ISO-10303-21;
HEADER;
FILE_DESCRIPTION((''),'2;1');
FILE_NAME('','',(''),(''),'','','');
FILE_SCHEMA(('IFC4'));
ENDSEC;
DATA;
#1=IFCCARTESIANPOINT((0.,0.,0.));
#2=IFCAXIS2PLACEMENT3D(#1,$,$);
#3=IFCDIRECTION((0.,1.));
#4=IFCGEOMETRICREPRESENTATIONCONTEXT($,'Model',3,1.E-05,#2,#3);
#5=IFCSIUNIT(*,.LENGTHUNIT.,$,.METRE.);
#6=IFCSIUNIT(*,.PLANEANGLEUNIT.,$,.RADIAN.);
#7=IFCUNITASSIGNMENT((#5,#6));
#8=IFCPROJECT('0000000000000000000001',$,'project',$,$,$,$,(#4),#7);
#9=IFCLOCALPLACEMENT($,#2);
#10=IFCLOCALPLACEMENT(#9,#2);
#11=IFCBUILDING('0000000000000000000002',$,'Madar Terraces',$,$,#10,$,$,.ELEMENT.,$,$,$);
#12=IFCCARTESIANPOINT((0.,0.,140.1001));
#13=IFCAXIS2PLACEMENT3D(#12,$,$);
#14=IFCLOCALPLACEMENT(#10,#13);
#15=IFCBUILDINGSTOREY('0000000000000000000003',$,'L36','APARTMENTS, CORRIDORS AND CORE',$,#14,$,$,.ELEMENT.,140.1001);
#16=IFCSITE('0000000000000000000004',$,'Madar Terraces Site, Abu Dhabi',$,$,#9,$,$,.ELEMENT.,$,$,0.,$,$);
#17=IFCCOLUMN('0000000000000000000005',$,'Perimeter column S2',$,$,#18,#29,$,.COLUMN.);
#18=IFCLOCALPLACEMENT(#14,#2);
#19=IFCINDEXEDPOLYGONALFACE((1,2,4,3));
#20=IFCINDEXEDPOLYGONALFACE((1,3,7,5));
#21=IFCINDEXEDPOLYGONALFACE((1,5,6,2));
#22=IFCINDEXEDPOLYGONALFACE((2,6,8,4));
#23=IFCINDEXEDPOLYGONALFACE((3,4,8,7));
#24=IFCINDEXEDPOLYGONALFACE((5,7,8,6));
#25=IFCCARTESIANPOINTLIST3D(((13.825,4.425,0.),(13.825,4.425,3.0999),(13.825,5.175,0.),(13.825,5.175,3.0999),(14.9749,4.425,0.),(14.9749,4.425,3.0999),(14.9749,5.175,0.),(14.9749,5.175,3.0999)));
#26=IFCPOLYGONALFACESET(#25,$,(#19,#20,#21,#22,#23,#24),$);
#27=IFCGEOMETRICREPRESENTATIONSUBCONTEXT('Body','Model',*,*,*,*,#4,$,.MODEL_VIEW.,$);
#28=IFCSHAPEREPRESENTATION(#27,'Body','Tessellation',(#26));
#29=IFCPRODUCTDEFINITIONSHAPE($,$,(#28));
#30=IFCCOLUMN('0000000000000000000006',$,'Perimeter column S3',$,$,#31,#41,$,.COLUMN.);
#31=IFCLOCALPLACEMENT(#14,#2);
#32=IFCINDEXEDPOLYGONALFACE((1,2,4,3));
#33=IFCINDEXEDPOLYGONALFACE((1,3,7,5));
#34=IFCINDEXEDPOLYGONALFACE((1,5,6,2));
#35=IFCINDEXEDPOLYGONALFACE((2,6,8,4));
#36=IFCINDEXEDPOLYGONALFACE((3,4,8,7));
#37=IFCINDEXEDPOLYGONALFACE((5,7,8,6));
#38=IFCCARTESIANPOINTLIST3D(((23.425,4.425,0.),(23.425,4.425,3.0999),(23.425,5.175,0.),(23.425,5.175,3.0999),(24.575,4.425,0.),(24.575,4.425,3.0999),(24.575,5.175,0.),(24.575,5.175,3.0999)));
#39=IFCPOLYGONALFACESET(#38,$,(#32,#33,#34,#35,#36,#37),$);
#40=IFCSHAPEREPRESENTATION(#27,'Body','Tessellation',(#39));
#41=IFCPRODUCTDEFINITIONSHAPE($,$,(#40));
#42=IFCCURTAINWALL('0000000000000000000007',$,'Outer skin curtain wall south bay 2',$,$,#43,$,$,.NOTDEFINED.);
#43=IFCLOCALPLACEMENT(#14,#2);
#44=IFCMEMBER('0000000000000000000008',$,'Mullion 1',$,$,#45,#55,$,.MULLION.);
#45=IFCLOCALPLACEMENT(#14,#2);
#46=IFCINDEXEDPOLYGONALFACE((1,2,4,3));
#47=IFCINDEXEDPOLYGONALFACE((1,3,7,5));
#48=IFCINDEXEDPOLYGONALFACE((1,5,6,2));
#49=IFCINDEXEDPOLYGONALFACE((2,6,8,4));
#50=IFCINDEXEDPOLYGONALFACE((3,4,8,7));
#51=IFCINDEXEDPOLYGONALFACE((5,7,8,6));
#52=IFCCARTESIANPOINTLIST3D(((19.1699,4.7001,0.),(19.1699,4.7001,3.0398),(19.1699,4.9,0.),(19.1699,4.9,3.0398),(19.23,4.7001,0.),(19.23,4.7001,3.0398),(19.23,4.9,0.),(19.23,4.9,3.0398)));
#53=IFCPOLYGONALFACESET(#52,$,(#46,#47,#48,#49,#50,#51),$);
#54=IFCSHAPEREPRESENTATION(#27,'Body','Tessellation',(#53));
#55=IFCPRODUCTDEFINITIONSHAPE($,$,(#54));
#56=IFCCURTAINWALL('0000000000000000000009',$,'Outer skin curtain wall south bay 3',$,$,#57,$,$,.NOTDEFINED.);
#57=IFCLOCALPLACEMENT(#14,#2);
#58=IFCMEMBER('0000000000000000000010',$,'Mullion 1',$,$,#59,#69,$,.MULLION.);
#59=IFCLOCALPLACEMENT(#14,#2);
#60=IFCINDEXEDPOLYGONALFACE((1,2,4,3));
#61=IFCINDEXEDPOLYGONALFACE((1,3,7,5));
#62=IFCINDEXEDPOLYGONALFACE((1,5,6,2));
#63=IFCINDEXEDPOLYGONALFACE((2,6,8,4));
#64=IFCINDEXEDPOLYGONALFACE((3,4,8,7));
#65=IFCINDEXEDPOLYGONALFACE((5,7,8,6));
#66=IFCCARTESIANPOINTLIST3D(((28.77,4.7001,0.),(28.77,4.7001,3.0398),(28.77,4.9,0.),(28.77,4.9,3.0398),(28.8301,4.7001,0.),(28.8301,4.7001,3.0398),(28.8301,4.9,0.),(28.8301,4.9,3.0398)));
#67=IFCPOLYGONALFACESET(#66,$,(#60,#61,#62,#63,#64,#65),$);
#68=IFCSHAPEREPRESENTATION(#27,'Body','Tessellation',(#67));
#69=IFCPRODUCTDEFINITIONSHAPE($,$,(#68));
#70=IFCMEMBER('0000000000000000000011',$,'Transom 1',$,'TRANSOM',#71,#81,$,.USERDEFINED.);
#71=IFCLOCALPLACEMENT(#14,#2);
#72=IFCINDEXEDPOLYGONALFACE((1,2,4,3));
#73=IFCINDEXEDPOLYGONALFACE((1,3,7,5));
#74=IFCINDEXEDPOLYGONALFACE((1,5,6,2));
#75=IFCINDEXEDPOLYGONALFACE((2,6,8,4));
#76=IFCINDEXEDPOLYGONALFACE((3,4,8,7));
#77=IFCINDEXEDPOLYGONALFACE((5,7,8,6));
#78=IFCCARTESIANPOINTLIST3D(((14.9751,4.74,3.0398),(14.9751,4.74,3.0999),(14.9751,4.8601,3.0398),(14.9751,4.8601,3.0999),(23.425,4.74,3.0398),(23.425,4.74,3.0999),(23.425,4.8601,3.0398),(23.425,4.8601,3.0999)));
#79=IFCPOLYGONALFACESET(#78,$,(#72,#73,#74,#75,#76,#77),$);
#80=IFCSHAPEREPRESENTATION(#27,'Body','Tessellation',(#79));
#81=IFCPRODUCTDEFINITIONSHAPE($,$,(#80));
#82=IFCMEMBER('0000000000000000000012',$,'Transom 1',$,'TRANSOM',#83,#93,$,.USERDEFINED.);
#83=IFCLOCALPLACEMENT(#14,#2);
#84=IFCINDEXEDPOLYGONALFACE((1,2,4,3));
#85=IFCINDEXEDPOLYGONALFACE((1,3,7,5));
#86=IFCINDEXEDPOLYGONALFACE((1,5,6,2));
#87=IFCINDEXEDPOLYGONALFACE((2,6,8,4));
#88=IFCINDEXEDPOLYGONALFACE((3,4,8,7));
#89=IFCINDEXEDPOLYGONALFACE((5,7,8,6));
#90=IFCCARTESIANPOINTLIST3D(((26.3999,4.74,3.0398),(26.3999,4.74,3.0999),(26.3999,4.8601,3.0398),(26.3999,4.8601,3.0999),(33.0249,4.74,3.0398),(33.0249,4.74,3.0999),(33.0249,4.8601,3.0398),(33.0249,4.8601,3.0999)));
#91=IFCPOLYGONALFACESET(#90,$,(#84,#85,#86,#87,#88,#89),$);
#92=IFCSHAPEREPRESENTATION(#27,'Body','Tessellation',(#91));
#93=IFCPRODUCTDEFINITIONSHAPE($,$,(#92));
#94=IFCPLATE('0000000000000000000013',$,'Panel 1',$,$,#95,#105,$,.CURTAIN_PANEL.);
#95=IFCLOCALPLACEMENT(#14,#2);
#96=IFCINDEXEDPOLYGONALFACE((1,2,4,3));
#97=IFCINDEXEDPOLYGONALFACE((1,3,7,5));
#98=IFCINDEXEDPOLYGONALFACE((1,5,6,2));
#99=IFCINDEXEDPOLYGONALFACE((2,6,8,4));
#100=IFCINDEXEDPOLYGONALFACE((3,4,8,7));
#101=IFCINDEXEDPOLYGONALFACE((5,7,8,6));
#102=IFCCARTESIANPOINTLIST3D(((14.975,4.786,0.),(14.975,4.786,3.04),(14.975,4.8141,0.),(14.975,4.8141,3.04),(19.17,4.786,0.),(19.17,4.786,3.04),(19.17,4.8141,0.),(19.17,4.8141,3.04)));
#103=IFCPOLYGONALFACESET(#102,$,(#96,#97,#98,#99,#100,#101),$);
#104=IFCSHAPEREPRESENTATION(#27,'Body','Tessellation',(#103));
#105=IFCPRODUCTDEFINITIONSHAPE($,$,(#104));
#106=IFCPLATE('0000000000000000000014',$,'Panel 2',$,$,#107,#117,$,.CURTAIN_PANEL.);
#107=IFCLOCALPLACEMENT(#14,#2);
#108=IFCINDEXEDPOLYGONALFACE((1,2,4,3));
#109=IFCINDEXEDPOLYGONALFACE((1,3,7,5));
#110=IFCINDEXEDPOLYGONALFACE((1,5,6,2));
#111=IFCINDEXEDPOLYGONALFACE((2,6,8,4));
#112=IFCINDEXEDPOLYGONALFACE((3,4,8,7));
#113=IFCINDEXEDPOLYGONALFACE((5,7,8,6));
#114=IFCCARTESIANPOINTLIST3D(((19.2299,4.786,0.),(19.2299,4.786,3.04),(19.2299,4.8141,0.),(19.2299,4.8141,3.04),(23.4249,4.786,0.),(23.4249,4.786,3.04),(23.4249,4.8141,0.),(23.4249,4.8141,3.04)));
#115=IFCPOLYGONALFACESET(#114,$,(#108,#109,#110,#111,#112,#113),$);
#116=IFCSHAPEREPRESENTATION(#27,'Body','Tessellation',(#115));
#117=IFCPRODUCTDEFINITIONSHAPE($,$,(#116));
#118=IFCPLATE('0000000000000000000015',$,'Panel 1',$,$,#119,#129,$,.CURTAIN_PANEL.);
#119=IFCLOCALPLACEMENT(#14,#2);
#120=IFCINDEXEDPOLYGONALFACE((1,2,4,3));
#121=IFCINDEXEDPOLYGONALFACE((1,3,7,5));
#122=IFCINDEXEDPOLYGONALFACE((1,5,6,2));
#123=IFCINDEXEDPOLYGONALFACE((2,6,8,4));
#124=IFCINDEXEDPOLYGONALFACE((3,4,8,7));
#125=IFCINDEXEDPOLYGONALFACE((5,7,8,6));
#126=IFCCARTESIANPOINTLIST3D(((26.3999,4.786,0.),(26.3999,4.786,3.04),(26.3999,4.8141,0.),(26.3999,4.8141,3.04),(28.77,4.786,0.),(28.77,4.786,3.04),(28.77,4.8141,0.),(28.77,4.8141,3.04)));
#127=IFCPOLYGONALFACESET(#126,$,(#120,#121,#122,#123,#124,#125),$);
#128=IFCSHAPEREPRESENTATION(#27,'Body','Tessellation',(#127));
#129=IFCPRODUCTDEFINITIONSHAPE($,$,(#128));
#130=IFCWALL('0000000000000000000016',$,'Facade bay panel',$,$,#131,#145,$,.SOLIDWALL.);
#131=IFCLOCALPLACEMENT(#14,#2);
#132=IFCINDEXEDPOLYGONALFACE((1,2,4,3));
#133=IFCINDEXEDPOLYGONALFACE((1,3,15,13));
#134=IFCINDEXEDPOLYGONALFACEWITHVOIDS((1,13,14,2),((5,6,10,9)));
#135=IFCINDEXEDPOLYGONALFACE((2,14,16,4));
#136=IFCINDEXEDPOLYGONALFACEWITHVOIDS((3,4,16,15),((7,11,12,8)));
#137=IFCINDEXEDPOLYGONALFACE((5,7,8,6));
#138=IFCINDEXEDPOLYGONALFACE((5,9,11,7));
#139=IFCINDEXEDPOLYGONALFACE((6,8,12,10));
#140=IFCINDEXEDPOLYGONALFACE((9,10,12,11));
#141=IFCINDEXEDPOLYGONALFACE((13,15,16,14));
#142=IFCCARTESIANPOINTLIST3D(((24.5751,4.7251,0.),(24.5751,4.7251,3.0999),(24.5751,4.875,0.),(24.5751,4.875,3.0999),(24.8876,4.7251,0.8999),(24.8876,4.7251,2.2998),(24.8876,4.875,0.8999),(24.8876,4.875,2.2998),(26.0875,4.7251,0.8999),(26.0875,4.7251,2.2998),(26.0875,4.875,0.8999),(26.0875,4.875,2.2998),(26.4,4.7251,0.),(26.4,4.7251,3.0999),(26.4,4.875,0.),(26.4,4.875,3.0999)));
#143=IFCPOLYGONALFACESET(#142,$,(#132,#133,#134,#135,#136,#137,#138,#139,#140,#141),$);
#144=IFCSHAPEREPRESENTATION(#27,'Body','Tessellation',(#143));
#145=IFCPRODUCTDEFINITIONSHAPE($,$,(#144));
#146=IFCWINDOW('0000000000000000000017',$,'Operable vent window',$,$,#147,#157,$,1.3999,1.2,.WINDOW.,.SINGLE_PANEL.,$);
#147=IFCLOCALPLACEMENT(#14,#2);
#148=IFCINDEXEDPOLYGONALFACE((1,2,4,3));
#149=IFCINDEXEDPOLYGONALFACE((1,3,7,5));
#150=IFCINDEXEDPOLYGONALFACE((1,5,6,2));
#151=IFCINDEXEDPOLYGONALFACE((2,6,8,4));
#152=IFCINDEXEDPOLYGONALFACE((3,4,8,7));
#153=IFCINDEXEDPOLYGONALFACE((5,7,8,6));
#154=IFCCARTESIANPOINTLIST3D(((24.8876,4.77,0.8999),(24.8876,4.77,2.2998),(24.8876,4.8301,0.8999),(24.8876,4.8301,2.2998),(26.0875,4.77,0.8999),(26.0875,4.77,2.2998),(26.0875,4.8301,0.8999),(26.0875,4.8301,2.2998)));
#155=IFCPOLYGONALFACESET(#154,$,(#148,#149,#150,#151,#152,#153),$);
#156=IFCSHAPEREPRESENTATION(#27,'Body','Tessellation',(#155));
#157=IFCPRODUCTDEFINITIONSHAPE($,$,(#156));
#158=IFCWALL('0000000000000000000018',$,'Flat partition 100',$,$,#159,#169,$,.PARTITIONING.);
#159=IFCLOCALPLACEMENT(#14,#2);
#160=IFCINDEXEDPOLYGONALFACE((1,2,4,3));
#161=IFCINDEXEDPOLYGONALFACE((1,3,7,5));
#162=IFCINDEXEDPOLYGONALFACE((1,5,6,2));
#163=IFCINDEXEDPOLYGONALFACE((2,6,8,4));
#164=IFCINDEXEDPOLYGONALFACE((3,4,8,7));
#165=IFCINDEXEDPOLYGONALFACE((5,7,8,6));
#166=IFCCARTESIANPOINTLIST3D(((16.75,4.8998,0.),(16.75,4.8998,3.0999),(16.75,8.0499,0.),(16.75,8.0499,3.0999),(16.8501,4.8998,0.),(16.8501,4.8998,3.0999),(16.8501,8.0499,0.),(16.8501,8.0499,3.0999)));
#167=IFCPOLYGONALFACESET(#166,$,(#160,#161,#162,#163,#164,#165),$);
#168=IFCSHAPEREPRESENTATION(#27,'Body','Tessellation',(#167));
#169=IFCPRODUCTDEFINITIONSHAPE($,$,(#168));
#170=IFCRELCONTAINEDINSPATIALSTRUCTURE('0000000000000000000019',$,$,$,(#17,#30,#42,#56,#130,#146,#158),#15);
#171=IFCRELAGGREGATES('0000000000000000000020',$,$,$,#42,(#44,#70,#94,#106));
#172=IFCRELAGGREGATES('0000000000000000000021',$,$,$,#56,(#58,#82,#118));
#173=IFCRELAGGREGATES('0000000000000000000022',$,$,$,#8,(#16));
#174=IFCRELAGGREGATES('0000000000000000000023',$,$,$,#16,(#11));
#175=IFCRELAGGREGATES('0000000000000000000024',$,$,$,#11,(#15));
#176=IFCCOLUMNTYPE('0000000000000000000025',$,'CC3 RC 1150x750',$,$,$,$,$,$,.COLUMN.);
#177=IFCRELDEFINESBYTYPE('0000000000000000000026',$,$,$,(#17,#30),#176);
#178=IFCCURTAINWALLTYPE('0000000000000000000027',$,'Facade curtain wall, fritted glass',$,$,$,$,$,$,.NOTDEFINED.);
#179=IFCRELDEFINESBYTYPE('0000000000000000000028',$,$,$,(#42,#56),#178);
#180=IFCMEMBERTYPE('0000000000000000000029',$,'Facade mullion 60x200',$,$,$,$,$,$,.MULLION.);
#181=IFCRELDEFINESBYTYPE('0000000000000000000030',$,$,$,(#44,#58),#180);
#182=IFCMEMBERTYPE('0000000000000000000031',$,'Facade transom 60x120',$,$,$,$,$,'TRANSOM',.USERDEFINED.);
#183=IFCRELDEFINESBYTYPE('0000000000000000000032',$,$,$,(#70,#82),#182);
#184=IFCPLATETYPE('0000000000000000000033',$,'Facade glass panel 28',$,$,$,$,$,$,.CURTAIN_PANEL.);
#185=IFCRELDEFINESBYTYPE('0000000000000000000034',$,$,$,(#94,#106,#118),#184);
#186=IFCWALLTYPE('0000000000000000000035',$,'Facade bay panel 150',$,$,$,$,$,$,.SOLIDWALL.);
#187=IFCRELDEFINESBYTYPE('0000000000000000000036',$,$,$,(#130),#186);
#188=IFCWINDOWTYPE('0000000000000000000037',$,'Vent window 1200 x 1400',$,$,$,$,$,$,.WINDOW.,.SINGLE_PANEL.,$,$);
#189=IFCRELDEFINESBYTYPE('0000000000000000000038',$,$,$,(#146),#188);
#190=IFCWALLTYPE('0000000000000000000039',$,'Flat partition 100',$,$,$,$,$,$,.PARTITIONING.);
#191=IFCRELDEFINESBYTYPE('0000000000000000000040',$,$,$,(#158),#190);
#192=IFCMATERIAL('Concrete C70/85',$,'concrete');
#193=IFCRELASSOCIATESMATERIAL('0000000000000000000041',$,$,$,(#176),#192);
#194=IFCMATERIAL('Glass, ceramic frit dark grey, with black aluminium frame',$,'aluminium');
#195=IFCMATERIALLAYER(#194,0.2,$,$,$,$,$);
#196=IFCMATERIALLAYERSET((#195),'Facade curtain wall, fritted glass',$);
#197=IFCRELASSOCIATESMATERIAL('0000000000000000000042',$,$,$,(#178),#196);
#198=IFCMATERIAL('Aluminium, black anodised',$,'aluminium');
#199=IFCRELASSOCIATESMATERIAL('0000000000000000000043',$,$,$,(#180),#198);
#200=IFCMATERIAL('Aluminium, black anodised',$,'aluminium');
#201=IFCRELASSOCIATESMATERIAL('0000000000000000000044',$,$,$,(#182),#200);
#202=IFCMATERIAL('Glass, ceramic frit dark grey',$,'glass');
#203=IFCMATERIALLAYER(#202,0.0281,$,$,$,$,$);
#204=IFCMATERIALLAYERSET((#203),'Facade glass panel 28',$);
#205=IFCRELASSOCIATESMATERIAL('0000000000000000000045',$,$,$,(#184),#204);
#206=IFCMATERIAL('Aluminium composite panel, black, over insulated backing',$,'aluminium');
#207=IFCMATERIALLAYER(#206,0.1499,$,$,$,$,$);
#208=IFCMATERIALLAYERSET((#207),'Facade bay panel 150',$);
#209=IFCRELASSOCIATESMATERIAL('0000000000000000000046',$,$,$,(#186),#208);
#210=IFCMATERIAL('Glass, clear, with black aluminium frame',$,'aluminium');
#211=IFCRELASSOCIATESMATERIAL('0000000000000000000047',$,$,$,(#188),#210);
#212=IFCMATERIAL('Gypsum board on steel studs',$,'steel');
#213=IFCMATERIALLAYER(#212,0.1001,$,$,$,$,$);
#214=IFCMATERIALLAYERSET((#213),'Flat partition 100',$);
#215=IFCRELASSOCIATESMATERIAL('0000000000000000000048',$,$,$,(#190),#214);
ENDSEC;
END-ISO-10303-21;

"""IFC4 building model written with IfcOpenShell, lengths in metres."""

from ifc_helpers import new_model, si_unit, direction, frame, frame_2d, origin, origin_2d, place, context, subcontext, project, spatial, rectangle, extrude, material, layer, layer_set, material_profile, profile_set, type_object, element, fill, aggregate, save


model = new_model("IFC4")

# Units and contexts
model_context = context("Model", 3, precision=1e-05, world=origin(), true_north=direction((0.0, 1.0)))
body_context = subcontext(model_context, "Body", "Model", "MODEL_VIEW")
ifc_project = project(units=[si_unit("LENGTHUNIT", "METRE"), si_unit("PLANEANGLEUNIT", "RADIAN")], contexts=[model_context])

# Site, building, storey
site_placement = place(None, origin())
site = spatial("IfcSite", under=ifc_project, at=site_placement, Name="Madar Terraces Site, Abu Dhabi", CompositionType="ELEMENT", RefElevation=0.0)
building_placement = place(site_placement, origin())
building = spatial("IfcBuilding", under=site, at=building_placement, Name="Madar Terraces", CompositionType="ELEMENT")
storey_placement = place(building_placement, frame((0.0, 0.0, 140.1001)))
storey = spatial("IfcBuildingStorey", under=building, at=storey_placement, Name="L36", Description="APARTMENTS, CORRIDORS AND CORE", CompositionType="ELEMENT", Elevation=140.1001)

# Columns
ifc_material_1 = material(Name="Concrete C70/85", Category="concrete")
ifc_material_profile_1 = material_profile(ifc_material_1, rectangle(XDim=1.1499, YDim=0.75, at=origin_2d()), Name="CC3 RC 1150x750")
ifc_profile_set_1 = profile_set([ifc_material_profile_1], Name="Concrete C70/85")
column_type = type_object("IfcColumnType", Name="CC3 RC 1150x750", PredefinedType="COLUMN", material=ifc_profile_set_1)
for number, where, z_axis, x_axis, name in (
    (1, (14.3999, 4.8, 0.0), (0.0, 0.0, 1.0), (1.0, 0.0, 0.0), "Perimeter column S2"),
    (2, (24.0, 4.8, 0.0), (0.0, 0.0, 1.0), (1.0, 0.0, 0.0), "Perimeter column S3"),
):
    element("IfcColumn", number, at=place(storey_placement, frame(where, z_axis=z_axis, x_axis=x_axis)), inside=storey, type_object=column_type, Name=name, PredefinedType="COLUMN", context=body_context, shape_type="SweptSolid", body=[
        extrude(rectangle(XDim=1.1499, YDim=0.75, at=origin_2d()), origin(), (0.0, 0.0, 1.0), 3.0999),
    ])

# Curtain walls, members
ifc_material_2 = material(Name="Glass, ceramic frit dark grey, with black aluminium frame", Category="aluminium")
ifc_layer_1 = layer(ifc_material_2, 0.2)
ifc_layer_set_1 = layer_set([ifc_layer_1], Name="Facade curtain wall, fritted glass")
curtain_wall_type = type_object("IfcCurtainWallType", Name="Facade curtain wall, fritted glass", PredefinedType="NOTDEFINED", material=ifc_layer_set_1)
curtain_wall_1_placement = place(storey_placement, origin())
curtain_wall_1 = element("IfcCurtainWall", 3, at=curtain_wall_1_placement, inside=storey, type_object=curtain_wall_type, Name="Outer skin curtain wall south bay 2", PredefinedType="NOTDEFINED")
ifc_material_3 = material(Name="Aluminium, black anodised", Category="aluminium")
ifc_material_profile_2 = material_profile(ifc_material_3, rectangle(XDim=0.2, YDim=0.0601, at=origin_2d()), Name="Facade mullion 60x200")
ifc_profile_set_2 = profile_set([ifc_material_profile_2], Name="Aluminium, black anodised")
member_type_1 = type_object("IfcMemberType", Name="Facade mullion 60x200", PredefinedType="MULLION", material=ifc_profile_set_2)
member_1_placement = place(storey_placement, frame((19.2, 4.8, 0.0), z_axis=(0.0, 0.0, 1.0), x_axis=(0.0, 1.0, 0.0)))
member_1 = element("IfcMember", 4, at=member_1_placement, type_object=member_type_1, Name="Mullion 1", PredefinedType="MULLION", context=body_context, shape_type="SweptSolid", body=[
    extrude(rectangle(XDim=0.2, YDim=0.0601, at=origin_2d()), origin(), (0.0, 0.0, 1.0), 3.0398),
])
curtain_wall_2_placement = place(storey_placement, origin())
curtain_wall_2 = element("IfcCurtainWall", 5, at=curtain_wall_2_placement, inside=storey, type_object=curtain_wall_type, Name="Outer skin curtain wall south bay 3", PredefinedType="NOTDEFINED")
member_2_placement = place(storey_placement, frame((28.8, 4.8, 0.0), z_axis=(0.0, 0.0, 1.0), x_axis=(0.0, 1.0, 0.0)))
member_2 = element("IfcMember", 6, at=member_2_placement, type_object=member_type_1, Name="Mullion 1", PredefinedType="MULLION", context=body_context, shape_type="SweptSolid", body=[
    extrude(rectangle(XDim=0.2, YDim=0.0601, at=origin_2d()), origin(), (0.0, 0.0, 1.0), 3.0398),
])

# Members
ifc_material_4 = material(Name="Aluminium, black anodised", Category="aluminium")
ifc_material_profile_3 = material_profile(ifc_material_4, rectangle(XDim=0.1201, YDim=0.0601, at=origin_2d()), Name="Facade transom 60x120")
ifc_profile_set_3 = profile_set([ifc_material_profile_3], Name="Aluminium, black anodised")
member_type_2 = type_object("IfcMemberType", Name="Facade transom 60x120", ElementType="TRANSOM", PredefinedType="USERDEFINED", material=ifc_profile_set_3)
member_3_placement = place(storey_placement, frame((14.9751, 4.8, 3.0698), z_axis=(1.0, 0.0, 0.0), x_axis=(0.0, 1.0, 0.0)))
member_3 = element("IfcMember", 7, at=member_3_placement, type_object=member_type_2, Name="Transom 1", ObjectType="TRANSOM", PredefinedType="USERDEFINED", context=body_context, shape_type="SweptSolid", body=[
    extrude(rectangle(XDim=0.1201, YDim=0.0601, at=origin_2d()), origin(), (0.0, 0.0, 1.0), 8.45),
])
member_4_placement = place(storey_placement, frame((26.3999, 4.8, 3.0698), z_axis=(1.0, 0.0, 0.0), x_axis=(0.0, 1.0, 0.0)))
member_4 = element("IfcMember", 8, at=member_4_placement, type_object=member_type_2, Name="Transom 1", ObjectType="TRANSOM", PredefinedType="USERDEFINED", context=body_context, shape_type="SweptSolid", body=[
    extrude(rectangle(XDim=0.1201, YDim=0.0601, at=origin_2d()), origin(), (0.0, 0.0, 1.0), 6.625),
])

# Plates
ifc_material_5 = material(Name="Glass, ceramic frit dark grey", Category="glass")
ifc_layer_2 = layer(ifc_material_5, 0.0281)
ifc_layer_set_2 = layer_set([ifc_layer_2], Name="Facade glass panel 28")
plate_type = type_object("IfcPlateType", Name="Facade glass panel 28", PredefinedType="CURTAIN_PANEL", material=ifc_layer_set_2)
plate_1_placement = place(storey_placement, frame((17.0725, 4.8, 0.0), z_axis=(0.0, 0.0, 1.0), x_axis=(1.0, 0.0, 0.0)))
plate_1 = element("IfcPlate", 9, at=plate_1_placement, type_object=plate_type, Name="Panel 1", PredefinedType="CURTAIN_PANEL", context=body_context, shape_type="SweptSolid", body=[
    extrude(rectangle(XDim=4.1951, YDim=0.0281, at=origin_2d()), origin(), (0.0, 0.0, 1.0), 3.04),
])
plate_2_placement = place(storey_placement, frame((21.3274, 4.8, 0.0), z_axis=(0.0, 0.0, 1.0), x_axis=(1.0, 0.0, 0.0)))
plate_2 = element("IfcPlate", 10, at=plate_2_placement, type_object=plate_type, Name="Panel 2", PredefinedType="CURTAIN_PANEL", context=body_context, shape_type="SweptSolid", body=[
    extrude(rectangle(XDim=4.1951, YDim=0.0281, at=origin_2d()), origin(), (0.0, 0.0, 1.0), 3.04),
])
aggregate(curtain_wall_1, [member_1, member_3, plate_1, plate_2])
plate_3_placement = place(storey_placement, frame((27.585, 4.8, 0.0), z_axis=(0.0, 0.0, 1.0), x_axis=(1.0, 0.0, 0.0)))
plate_3 = element("IfcPlate", 11, at=plate_3_placement, type_object=plate_type, Name="Panel 1", PredefinedType="CURTAIN_PANEL", context=body_context, shape_type="SweptSolid", body=[
    extrude(rectangle(XDim=2.3701, YDim=0.0281, at=origin_2d()), origin(), (0.0, 0.0, 1.0), 3.04),
])
aggregate(curtain_wall_2, [member_2, member_4, plate_3])

# Wall, opening, window
ifc_material_6 = material(Name="Aluminium composite panel, black, over insulated backing", Category="aluminium")
ifc_layer_3 = layer(ifc_material_6, 0.1499)
ifc_layer_set_3 = layer_set([ifc_layer_3], Name="Facade bay panel 150")
wall_type_1 = type_object("IfcWallType", Name="Facade bay panel 150", PredefinedType="SOLIDWALL", material=ifc_layer_set_3)
wall_1_placement = place(storey_placement, frame((24.575, 4.8, 0.0), z_axis=(0.0, 0.0, 1.0), x_axis=(1.0, 0.0, 0.0)))
wall_1 = element("IfcWall", 12, at=wall_1_placement, inside=storey, type_object=wall_type_1, Name="Facade bay panel", PredefinedType="SOLIDWALL", context=body_context, shape_type="SweptSolid", body=[
    extrude(rectangle(XDim=1.825, YDim=0.1499, at=frame_2d((0.9126, 0.0))), origin(), (0.0, 0.0, 1.0), 3.0999),
])
opening_1_placement = place(wall_1_placement, frame((0.3125, 0.0, 0.8999)))
opening_1 = element("IfcOpeningElement", 13, at=opening_1_placement, cuts=wall_1, PredefinedType="OPENING", context=body_context, shape_type="SweptSolid", body=[
    extrude(rectangle(XDim=1.2, YDim=1.3999, at=frame_2d((0.6001, 0.7))), frame((0.0, 0.085, 0.0), z_axis=(0.0, -1.0, 0.0), x_axis=(1.0, 0.0, 0.0)), (0.0, 0.0, 1.0), 0.1699),
])
ifc_material_7 = material(Name="Glass, clear, with black aluminium frame", Category="aluminium")
window_type = type_object("IfcWindowType", Name="Vent window 1200 x 1400", PartitioningType="SINGLE_PANEL", PredefinedType="WINDOW", material=ifc_material_7)
window_placement = place(opening_1_placement, origin())
window = element("IfcWindow", 14, at=window_placement, inside=storey, type_object=window_type, Name="Operable vent window", OverallHeight=1.3999, OverallWidth=1.2, PartitioningType="SINGLE_PANEL", PredefinedType="WINDOW", context=body_context, shape_type="SweptSolid", body=[
    extrude(rectangle(XDim=1.2, YDim=1.3999, at=frame_2d((0.6001, 0.7))), frame((0.0, 0.03, 0.0), z_axis=(0.0, -1.0, 0.0), x_axis=(1.0, 0.0, 0.0)), (0.0, 0.0, 1.0), 0.0601),
])
fill(opening_1, window)

# Wall
ifc_material_8 = material(Name="Gypsum board on steel studs", Category="steel")
ifc_layer_4 = layer(ifc_material_8, 0.1001)
ifc_layer_set_4 = layer_set([ifc_layer_4], Name="Flat partition 100")
wall_type_2 = type_object("IfcWallType", Name="Flat partition 100", PredefinedType="PARTITIONING", material=ifc_layer_set_4)
wall_2_placement = place(storey_placement, frame((16.8, 8.05, 0.0), z_axis=(0.0, 0.0, 1.0), x_axis=(0.0, -1.0, 0.0)))
element("IfcWall", 15, at=wall_2_placement, inside=storey, type_object=wall_type_2, Name="Flat partition 100", PredefinedType="PARTITIONING", context=body_context, shape_type="SweptSolid", body=[
    extrude(rectangle(XDim=3.1501, YDim=0.1001, at=frame_2d((1.5752, 0.0))), origin(), (0.0, 0.0, 1.0), 3.0999),
])

save(model, "model.ifc")
